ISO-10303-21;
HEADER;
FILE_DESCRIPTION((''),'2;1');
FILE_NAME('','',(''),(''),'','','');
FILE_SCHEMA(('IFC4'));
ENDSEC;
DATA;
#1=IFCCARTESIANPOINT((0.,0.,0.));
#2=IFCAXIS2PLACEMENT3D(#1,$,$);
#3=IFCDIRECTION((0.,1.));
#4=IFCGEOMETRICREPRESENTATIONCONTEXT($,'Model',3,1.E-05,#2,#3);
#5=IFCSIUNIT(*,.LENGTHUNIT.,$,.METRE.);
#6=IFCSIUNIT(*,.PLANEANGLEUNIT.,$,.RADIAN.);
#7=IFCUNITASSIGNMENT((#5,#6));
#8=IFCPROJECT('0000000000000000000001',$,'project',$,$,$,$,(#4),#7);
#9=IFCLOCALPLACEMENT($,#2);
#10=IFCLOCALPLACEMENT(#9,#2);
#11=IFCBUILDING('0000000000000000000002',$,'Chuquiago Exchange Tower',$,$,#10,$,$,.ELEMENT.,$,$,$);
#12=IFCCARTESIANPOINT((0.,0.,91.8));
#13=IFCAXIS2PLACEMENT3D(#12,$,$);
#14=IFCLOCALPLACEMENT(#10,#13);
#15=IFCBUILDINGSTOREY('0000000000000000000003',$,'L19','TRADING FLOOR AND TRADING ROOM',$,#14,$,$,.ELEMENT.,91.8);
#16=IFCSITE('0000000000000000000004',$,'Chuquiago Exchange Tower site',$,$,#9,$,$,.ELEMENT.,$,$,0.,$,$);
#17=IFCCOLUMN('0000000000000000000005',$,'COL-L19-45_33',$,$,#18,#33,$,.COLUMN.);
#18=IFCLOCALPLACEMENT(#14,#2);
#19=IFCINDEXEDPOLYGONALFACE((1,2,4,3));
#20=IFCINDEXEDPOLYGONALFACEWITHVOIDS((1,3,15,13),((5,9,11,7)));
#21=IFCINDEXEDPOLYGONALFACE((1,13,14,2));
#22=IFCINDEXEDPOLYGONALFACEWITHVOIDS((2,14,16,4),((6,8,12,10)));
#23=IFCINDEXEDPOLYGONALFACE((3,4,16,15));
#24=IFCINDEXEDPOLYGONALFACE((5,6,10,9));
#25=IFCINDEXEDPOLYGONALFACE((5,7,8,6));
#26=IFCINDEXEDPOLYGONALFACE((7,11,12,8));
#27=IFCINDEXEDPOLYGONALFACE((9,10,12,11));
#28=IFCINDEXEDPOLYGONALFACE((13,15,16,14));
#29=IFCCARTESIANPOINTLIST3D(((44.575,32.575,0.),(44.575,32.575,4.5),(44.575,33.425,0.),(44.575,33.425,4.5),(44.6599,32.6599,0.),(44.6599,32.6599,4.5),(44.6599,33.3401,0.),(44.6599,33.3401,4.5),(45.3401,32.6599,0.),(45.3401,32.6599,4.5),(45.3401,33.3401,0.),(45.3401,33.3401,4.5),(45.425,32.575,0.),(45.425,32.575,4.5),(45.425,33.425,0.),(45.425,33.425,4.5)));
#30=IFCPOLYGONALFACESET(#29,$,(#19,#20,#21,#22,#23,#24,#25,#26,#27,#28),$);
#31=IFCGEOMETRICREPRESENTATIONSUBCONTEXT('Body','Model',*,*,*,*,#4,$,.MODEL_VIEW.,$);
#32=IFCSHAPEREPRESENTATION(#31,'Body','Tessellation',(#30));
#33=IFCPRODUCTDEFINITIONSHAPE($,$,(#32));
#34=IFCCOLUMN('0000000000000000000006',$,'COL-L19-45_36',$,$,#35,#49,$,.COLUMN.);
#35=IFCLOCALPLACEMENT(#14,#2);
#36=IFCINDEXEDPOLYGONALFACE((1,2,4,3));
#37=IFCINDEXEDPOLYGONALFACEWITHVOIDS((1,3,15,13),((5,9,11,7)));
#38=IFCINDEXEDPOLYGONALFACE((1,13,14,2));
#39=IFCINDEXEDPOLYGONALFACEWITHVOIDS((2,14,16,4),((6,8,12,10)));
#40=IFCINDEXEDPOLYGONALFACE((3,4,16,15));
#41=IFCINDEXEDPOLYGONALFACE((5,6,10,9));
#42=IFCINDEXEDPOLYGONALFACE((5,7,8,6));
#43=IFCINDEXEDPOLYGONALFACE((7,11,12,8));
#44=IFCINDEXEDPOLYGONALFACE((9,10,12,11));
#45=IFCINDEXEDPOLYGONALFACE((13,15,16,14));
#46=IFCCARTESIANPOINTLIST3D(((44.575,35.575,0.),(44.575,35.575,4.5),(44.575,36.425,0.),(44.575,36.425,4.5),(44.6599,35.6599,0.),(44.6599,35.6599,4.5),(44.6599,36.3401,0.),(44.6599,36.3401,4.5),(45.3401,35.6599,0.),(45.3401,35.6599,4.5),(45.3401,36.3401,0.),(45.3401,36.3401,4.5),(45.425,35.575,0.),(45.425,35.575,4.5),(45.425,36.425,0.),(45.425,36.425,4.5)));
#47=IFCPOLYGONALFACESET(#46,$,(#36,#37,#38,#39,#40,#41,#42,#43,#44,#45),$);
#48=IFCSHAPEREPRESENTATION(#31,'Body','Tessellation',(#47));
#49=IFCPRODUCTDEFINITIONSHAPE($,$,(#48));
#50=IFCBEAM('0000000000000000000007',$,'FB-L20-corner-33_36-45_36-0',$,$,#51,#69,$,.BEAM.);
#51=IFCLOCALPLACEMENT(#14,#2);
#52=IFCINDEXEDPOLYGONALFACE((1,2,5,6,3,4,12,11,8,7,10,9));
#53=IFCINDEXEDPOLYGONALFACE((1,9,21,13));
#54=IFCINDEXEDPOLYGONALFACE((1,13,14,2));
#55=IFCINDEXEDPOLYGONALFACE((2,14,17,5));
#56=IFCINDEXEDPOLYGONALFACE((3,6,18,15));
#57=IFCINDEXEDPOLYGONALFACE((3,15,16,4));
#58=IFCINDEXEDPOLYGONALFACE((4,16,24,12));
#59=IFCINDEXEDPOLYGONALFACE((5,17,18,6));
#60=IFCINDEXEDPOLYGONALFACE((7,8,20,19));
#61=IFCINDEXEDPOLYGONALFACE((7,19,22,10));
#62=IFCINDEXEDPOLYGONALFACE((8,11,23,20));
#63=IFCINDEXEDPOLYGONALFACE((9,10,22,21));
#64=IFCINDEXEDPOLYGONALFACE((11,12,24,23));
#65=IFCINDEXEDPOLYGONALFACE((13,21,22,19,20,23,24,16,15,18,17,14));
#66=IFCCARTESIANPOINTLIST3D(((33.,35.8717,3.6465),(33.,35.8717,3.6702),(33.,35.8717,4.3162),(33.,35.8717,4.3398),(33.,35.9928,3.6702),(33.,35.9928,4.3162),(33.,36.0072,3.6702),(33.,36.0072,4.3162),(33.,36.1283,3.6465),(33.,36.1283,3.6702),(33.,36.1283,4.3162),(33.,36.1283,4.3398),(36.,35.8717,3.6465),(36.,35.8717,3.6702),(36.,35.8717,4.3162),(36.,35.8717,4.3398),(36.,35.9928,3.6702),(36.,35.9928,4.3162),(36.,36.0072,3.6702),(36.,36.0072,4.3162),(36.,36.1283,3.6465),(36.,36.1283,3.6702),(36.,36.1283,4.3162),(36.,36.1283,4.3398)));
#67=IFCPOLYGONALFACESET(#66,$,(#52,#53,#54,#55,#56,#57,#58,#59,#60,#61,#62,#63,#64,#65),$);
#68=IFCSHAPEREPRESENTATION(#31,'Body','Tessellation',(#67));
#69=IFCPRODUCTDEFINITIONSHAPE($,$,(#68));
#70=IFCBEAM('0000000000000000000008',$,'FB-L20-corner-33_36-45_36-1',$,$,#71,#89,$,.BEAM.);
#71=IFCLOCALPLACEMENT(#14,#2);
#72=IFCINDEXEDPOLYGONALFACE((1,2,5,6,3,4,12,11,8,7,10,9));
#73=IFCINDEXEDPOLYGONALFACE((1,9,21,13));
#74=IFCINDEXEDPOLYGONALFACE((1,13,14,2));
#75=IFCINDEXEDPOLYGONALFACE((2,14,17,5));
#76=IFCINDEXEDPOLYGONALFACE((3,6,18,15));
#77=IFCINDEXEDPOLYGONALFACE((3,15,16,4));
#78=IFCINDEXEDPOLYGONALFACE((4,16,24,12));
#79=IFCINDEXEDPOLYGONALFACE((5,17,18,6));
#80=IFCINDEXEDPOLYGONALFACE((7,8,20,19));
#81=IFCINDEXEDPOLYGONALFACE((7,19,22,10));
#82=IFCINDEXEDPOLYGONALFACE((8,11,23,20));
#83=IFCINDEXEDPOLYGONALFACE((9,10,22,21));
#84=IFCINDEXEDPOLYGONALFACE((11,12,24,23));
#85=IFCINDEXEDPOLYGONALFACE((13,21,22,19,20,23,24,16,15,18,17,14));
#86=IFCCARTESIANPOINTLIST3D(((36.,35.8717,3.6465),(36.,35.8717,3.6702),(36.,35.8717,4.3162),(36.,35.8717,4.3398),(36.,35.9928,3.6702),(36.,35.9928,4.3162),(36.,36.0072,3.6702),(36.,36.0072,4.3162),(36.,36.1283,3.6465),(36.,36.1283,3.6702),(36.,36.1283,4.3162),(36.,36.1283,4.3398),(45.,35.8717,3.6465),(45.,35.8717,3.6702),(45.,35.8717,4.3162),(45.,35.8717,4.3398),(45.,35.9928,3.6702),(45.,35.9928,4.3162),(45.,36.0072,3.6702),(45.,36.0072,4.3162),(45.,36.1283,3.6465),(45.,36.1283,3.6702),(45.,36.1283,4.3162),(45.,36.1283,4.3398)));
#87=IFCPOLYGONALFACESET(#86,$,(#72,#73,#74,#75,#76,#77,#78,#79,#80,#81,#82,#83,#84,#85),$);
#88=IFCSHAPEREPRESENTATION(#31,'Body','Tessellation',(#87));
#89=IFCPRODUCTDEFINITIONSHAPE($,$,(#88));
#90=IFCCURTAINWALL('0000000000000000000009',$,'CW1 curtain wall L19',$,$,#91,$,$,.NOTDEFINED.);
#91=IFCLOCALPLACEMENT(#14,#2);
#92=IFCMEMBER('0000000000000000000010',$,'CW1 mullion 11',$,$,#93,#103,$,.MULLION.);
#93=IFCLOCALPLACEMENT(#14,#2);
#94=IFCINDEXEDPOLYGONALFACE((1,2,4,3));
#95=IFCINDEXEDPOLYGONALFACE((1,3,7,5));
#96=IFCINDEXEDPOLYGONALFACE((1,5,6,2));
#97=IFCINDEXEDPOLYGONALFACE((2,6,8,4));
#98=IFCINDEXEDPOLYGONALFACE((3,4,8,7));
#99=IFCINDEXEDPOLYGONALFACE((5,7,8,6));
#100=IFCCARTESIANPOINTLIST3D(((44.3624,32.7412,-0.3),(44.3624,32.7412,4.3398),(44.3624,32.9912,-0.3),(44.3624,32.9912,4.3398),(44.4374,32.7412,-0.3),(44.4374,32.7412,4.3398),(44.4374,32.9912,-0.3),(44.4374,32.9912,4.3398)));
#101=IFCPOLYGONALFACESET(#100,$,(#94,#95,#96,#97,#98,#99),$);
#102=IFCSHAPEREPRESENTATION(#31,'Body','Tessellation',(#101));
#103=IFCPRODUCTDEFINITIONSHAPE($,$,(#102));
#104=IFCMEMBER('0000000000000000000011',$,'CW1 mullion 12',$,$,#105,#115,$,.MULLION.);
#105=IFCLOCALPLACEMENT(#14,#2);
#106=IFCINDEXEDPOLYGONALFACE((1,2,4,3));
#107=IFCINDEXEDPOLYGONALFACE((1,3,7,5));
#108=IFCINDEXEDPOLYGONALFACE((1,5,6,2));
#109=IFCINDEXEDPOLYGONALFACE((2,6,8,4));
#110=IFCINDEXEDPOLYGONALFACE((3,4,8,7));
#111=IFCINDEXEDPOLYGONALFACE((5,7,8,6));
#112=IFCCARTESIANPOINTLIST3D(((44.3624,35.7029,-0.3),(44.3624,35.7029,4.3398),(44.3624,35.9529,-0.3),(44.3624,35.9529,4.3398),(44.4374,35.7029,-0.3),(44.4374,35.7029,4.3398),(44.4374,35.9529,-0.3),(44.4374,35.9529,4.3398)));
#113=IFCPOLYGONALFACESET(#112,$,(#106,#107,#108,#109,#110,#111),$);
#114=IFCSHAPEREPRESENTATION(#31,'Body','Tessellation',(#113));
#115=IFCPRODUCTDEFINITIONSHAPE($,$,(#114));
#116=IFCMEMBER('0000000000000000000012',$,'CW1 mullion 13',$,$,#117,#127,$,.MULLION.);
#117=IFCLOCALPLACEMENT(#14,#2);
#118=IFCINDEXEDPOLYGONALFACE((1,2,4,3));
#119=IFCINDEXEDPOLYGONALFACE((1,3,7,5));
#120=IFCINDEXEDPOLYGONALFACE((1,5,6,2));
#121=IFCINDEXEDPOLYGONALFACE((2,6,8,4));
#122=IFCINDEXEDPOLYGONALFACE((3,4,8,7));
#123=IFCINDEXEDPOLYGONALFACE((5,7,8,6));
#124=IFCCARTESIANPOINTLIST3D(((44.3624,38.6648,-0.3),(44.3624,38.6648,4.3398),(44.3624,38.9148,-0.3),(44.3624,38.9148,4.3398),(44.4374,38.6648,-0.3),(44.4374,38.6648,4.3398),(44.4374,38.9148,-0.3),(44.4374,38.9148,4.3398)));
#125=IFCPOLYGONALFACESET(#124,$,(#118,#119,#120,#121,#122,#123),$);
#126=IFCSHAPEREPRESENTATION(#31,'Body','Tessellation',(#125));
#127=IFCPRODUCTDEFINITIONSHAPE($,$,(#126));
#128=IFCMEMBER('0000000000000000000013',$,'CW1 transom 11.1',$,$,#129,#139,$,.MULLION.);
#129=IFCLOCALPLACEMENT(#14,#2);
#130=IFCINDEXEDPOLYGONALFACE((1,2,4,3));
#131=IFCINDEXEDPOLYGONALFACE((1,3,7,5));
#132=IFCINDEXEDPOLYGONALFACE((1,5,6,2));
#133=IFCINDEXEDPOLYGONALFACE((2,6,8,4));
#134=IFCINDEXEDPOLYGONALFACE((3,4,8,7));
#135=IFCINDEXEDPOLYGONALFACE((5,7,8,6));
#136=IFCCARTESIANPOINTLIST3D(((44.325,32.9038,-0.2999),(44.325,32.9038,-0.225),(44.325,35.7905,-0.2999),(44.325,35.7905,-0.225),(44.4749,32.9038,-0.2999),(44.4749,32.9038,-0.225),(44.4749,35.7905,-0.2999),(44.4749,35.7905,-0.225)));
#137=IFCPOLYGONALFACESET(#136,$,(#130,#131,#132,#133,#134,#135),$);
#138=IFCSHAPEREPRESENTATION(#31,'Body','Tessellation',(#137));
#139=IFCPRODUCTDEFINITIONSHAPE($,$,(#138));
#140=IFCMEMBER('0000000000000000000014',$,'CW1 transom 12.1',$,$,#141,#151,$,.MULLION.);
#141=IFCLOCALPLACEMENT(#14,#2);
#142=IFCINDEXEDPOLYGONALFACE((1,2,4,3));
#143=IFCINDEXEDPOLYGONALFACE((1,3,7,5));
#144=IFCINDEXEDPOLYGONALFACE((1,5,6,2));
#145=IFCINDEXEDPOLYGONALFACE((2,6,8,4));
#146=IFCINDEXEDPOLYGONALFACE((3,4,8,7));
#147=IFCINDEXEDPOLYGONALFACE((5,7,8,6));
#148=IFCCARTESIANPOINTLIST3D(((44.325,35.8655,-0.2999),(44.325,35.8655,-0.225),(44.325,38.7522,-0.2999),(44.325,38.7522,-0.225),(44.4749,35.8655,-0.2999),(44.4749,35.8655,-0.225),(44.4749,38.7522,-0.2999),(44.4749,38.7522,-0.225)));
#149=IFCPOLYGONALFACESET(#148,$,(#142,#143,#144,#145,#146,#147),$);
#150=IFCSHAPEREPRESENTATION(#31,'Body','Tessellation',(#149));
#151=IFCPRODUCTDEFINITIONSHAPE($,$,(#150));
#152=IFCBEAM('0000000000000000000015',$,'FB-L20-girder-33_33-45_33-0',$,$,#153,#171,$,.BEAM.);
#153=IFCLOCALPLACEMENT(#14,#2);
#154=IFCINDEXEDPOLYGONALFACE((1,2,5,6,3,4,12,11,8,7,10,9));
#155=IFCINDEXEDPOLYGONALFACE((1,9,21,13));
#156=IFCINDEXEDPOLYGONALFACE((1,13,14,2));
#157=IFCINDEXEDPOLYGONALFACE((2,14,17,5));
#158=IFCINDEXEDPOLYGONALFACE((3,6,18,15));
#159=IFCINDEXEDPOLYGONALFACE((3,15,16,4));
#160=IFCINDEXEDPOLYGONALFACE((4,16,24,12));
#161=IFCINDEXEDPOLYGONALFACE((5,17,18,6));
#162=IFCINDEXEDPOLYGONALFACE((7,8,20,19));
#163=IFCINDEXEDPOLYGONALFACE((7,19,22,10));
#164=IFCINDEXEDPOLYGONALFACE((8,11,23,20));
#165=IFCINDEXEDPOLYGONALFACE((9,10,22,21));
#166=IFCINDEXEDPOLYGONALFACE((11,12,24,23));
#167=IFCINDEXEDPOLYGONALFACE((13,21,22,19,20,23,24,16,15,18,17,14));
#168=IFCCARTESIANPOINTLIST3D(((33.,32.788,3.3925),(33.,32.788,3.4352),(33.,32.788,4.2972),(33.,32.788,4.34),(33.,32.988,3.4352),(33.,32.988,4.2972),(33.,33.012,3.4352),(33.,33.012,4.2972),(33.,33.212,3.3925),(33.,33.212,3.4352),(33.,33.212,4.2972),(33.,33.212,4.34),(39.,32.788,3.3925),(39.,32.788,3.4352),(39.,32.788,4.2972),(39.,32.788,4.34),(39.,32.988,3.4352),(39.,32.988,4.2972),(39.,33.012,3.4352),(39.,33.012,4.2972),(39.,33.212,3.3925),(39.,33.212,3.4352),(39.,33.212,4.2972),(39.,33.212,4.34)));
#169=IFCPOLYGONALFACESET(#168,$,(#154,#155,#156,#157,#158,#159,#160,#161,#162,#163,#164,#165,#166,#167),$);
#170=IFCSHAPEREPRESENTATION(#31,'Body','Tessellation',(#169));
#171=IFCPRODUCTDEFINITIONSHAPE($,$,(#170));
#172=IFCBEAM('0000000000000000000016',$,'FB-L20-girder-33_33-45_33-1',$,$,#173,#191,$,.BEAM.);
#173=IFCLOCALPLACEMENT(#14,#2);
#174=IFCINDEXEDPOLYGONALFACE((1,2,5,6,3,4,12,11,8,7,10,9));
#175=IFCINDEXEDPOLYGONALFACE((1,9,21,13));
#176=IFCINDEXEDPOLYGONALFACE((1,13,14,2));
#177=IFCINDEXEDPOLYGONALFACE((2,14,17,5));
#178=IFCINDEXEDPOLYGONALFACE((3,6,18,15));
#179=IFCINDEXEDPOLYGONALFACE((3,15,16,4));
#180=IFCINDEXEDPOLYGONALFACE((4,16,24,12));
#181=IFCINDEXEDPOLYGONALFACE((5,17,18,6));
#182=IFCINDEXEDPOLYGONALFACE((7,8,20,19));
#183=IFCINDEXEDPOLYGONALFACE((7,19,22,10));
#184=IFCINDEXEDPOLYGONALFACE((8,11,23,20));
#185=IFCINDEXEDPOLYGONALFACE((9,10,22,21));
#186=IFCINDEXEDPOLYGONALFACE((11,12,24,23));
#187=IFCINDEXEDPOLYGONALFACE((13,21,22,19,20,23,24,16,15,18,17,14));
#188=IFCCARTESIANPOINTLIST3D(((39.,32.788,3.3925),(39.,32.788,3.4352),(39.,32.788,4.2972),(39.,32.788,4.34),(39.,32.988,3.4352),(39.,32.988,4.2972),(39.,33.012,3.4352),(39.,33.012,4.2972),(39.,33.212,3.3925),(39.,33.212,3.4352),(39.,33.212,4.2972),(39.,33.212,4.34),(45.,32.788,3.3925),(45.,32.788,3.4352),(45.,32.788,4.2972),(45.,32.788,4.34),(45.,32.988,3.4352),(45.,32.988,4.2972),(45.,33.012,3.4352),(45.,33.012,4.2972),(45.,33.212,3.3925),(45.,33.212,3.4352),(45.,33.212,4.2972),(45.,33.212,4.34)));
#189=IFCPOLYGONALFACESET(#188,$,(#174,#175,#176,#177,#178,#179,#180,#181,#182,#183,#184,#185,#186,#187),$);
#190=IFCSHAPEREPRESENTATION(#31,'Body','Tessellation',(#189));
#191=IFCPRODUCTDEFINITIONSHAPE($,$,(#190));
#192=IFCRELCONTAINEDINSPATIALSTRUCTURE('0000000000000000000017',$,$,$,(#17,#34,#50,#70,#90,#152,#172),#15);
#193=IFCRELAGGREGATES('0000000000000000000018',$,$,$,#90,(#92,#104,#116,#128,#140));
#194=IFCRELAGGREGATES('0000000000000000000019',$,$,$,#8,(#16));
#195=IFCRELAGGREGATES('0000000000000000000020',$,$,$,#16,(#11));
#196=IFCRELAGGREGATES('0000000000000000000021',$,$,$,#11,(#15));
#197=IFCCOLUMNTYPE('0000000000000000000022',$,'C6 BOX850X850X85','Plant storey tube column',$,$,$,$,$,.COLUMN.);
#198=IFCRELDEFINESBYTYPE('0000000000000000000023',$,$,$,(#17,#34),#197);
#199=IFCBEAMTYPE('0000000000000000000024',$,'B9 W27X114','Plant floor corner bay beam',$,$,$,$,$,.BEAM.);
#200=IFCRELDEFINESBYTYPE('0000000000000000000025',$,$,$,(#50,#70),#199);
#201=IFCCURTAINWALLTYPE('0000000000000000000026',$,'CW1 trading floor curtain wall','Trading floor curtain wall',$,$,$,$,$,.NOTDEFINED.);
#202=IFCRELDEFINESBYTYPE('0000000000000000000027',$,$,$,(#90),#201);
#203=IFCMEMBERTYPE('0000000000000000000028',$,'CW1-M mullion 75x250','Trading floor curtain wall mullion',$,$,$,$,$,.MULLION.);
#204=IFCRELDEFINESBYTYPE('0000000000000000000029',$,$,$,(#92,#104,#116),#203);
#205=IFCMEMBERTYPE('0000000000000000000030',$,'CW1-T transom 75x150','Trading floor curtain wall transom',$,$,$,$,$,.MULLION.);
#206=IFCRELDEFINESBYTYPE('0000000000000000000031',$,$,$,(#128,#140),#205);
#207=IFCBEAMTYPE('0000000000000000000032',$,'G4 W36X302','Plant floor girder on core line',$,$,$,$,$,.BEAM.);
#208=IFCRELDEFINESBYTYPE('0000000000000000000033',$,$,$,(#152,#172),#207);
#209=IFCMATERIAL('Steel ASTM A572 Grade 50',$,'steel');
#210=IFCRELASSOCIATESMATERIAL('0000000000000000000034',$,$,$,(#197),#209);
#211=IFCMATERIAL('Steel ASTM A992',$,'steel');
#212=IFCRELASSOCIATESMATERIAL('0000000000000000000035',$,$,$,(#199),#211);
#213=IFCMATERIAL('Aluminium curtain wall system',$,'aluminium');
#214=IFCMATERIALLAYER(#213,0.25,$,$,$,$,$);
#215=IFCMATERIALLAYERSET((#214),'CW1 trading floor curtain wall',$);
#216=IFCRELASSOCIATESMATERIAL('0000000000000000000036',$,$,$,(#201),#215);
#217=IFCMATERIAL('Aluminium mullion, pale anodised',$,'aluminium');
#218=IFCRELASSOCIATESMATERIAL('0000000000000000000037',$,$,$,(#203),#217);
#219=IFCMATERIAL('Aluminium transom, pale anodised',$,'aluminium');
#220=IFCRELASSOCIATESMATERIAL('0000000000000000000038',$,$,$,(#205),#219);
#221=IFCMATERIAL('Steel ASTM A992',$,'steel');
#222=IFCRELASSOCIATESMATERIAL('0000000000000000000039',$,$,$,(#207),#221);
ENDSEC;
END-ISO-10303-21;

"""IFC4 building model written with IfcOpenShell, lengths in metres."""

from ifc_helpers import new_model, si_unit, direction, frame, origin, origin_2d, place, context, subcontext, project, spatial, rectangle, hollow_rectangle, i_section, extrude, material, layer, layer_set, material_profile, profile_set, type_object, element, aggregate, save


model = new_model("IFC4")

# Units and contexts
model_context = context("Model", 3, precision=1e-05, world=origin(), true_north=direction((0.0, 1.0)))
body_context = subcontext(model_context, "Body", "Model", "MODEL_VIEW")
ifc_project = project(units=[si_unit("LENGTHUNIT", "METRE"), si_unit("PLANEANGLEUNIT", "RADIAN")], contexts=[model_context])

# Site, building, storey
site_placement = place(None, origin())
site = spatial("IfcSite", under=ifc_project, at=site_placement, Name="Chuquiago Exchange Tower site", CompositionType="ELEMENT", RefElevation=0.0)
building_placement = place(site_placement, origin())
building = spatial("IfcBuilding", under=site, at=building_placement, Name="Chuquiago Exchange Tower", CompositionType="ELEMENT")
storey_placement = place(building_placement, frame((0.0, 0.0, 91.8)))
storey = spatial("IfcBuildingStorey", under=building, at=storey_placement, Name="L19", Description="TRADING FLOOR AND TRADING ROOM", CompositionType="ELEMENT", Elevation=91.8)

# Columns
ifc_material_1 = material(Name="Steel ASTM A572 Grade 50", Category="steel")
ifc_material_profile_1 = material_profile(ifc_material_1, hollow_rectangle(XDim=0.8501, YDim=0.8501, WallThickness=0.085, at=origin_2d()), Name="BOX850X850X85")
ifc_profile_set_1 = profile_set([ifc_material_profile_1], Name="Steel ASTM A572 Grade 50")
column_type = type_object("IfcColumnType", Name="C6 BOX850X850X85", Description="Plant storey tube column", PredefinedType="COLUMN", material=ifc_profile_set_1)
for number, where, z_axis, x_axis, name in (
    (1, (45.0, 33.0, 0.0), (0.0, 0.0, 1.0), (1.0, 0.0, 0.0), "COL-L19-45_33"),
    (2, (45.0, 36.0, 0.0), (0.0, 0.0, 1.0), (1.0, 0.0, 0.0), "COL-L19-45_36"),
):
    element("IfcColumn", number, at=place(storey_placement, frame(where, z_axis=z_axis, x_axis=x_axis)), inside=storey, type_object=column_type, Name=name, PredefinedType="COLUMN", context=body_context, shape_type="SweptSolid", body=[
        extrude(hollow_rectangle(XDim=0.8501, YDim=0.8501, WallThickness=0.085, at=origin_2d()), origin(), (0.0, 0.0, 1.0), 4.5),
    ])

# Beams
ifc_material_2 = material(Name="Steel ASTM A992", Category="steel")
ifc_material_profile_2 = material_profile(ifc_material_2, i_section(OverallWidth=0.2566, OverallDepth=0.6934, WebThickness=0.0144, FlangeThickness=0.0237, at=origin_2d()), Name="W27X114")
ifc_profile_set_2 = profile_set([ifc_material_profile_2], Name="Steel ASTM A992")
beam_type_1 = type_object("IfcBeamType", Name="B9 W27X114", Description="Plant floor corner bay beam", PredefinedType="BEAM", material=ifc_profile_set_2)
beam_1_placement = place(storey_placement, frame((33.0, 36.0, 3.9932), z_axis=(1.0, 0.0, 0.0), x_axis=(0.0, 1.0, 0.0)))
element("IfcBeam", 3, at=beam_1_placement, inside=storey, type_object=beam_type_1, Name="FB-L20-corner-33_36-45_36-0", PredefinedType="BEAM", context=body_context, shape_type="SweptSolid", body=[
    extrude(i_section(OverallWidth=0.2566, OverallDepth=0.6934, WebThickness=0.0144, FlangeThickness=0.0237, at=origin_2d()), origin(), (0.0, 0.0, 1.0), 3.0),
])
beam_2_placement = place(storey_placement, frame((36.0, 36.0, 3.9932), z_axis=(1.0, 0.0, 0.0), x_axis=(0.0, 1.0, 0.0)))
element("IfcBeam", 4, at=beam_2_placement, inside=storey, type_object=beam_type_1, Name="FB-L20-corner-33_36-45_36-1", PredefinedType="BEAM", context=body_context, shape_type="SweptSolid", body=[
    extrude(i_section(OverallWidth=0.2566, OverallDepth=0.6934, WebThickness=0.0144, FlangeThickness=0.0237, at=origin_2d()), origin(), (0.0, 0.0, 1.0), 9.0),
])

# Curtain wall, members
ifc_material_3 = material(Name="Aluminium curtain wall system", Category="aluminium")
ifc_layer_1 = layer(ifc_material_3, 0.25)
ifc_layer_set_1 = layer_set([ifc_layer_1], Name="CW1 trading floor curtain wall")
curtain_wall_type = type_object("IfcCurtainWallType", Name="CW1 trading floor curtain wall", Description="Trading floor curtain wall", PredefinedType="NOTDEFINED", material=ifc_layer_set_1)
curtain_wall_placement = place(storey_placement, origin())
curtain_wall = element("IfcCurtainWall", 5, at=curtain_wall_placement, inside=storey, type_object=curtain_wall_type, Name="CW1 curtain wall L19", PredefinedType="NOTDEFINED")
ifc_material_4 = material(Name="Aluminium mullion, pale anodised", Category="aluminium")
ifc_material_profile_3 = material_profile(ifc_material_4, rectangle(XDim=0.075, YDim=0.25, at=origin_2d()), Name="AL 75x250")
ifc_profile_set_3 = profile_set([ifc_material_profile_3], Name="Aluminium mullion, pale anodised")
member_type_1 = type_object("IfcMemberType", Name="CW1-M mullion 75x250", Description="Trading floor curtain wall mullion", PredefinedType="MULLION", material=ifc_profile_set_3)
member_1_placement = place(storey_placement, frame((44.3999, 32.8662, -0.3), z_axis=(0.0, 0.0, 1.0), x_axis=(-1.0, 0.0, 0.0)))
member_1 = element("IfcMember", 6, at=member_1_placement, type_object=member_type_1, Name="CW1 mullion 11", PredefinedType="MULLION", context=body_context, shape_type="SweptSolid", body=[
    extrude(rectangle(XDim=0.075, YDim=0.25, at=origin_2d()), origin(), (0.0, 0.0, 1.0), 4.6399),
])
member_2_placement = place(storey_placement, frame((44.3999, 35.8279, -0.3), z_axis=(0.0, 0.0, 1.0), x_axis=(-1.0, 0.0, 0.0)))
member_2 = element("IfcMember", 7, at=member_2_placement, type_object=member_type_1, Name="CW1 mullion 12", PredefinedType="MULLION", context=body_context, shape_type="SweptSolid", body=[
    extrude(rectangle(XDim=0.075, YDim=0.25, at=origin_2d()), origin(), (0.0, 0.0, 1.0), 4.6399),
])
member_3_placement = place(storey_placement, frame((44.3999, 38.7898, -0.3), z_axis=(0.0, 0.0, 1.0), x_axis=(-1.0, 0.0, 0.0)))
member_3 = element("IfcMember", 8, at=member_3_placement, type_object=member_type_1, Name="CW1 mullion 13", PredefinedType="MULLION", context=body_context, shape_type="SweptSolid", body=[
    extrude(rectangle(XDim=0.075, YDim=0.25, at=origin_2d()), origin(), (0.0, 0.0, 1.0), 4.6399),
])
ifc_material_5 = material(Name="Aluminium transom, pale anodised", Category="aluminium")
ifc_material_profile_4 = material_profile(ifc_material_5, rectangle(XDim=0.1499, YDim=0.075, at=origin_2d()), Name="AL 150x75")
ifc_profile_set_4 = profile_set([ifc_material_profile_4], Name="Aluminium transom, pale anodised")
member_type_2 = type_object("IfcMemberType", Name="CW1-T transom 75x150", Description="Trading floor curtain wall transom", PredefinedType="MULLION", material=ifc_profile_set_4)
member_4_placement = place(storey_placement, frame((44.3999, 32.9038, -0.2625), z_axis=(0.0, 1.0, 0.0), x_axis=(-1.0, 0.0, 0.0)))
member_4 = element("IfcMember", 9, at=member_4_placement, type_object=member_type_2, Name="CW1 transom 11.1", PredefinedType="MULLION", context=body_context, shape_type="SweptSolid", body=[
    extrude(rectangle(XDim=0.1499, YDim=0.075, at=origin_2d()), origin(), (0.0, 0.0, 1.0), 2.8867),
])
member_5_placement = place(storey_placement, frame((44.3999, 35.8655, -0.2625), z_axis=(0.0, 1.0, 0.0), x_axis=(-1.0, 0.0, 0.0)))
member_5 = element("IfcMember", 10, at=member_5_placement, type_object=member_type_2, Name="CW1 transom 12.1", PredefinedType="MULLION", context=body_context, shape_type="SweptSolid", body=[
    extrude(rectangle(XDim=0.1499, YDim=0.075, at=origin_2d()), origin(), (0.0, 0.0, 1.0), 2.8867),
])

# Beams
ifc_material_6 = material(Name="Steel ASTM A992", Category="steel")
ifc_material_profile_5 = material_profile(ifc_material_6, i_section(OverallWidth=0.4241, OverallDepth=0.9475, WebThickness=0.0239, FlangeThickness=0.0427, at=origin_2d()), Name="W36X302")
ifc_profile_set_5 = profile_set([ifc_material_profile_5], Name="Steel ASTM A992")
beam_type_2 = type_object("IfcBeamType", Name="G4 W36X302", Description="Plant floor girder on core line", PredefinedType="BEAM", material=ifc_profile_set_5)
for number, where, z_axis, x_axis, name in (
    (11, (33.0, 33.0, 3.8662), (1.0, 0.0, 0.0), (0.0, 1.0, 0.0), "FB-L20-girder-33_33-45_33-0"),
    (12, (39.0, 33.0, 3.8662), (1.0, 0.0, 0.0), (0.0, 1.0, 0.0), "FB-L20-girder-33_33-45_33-1"),
):
    element("IfcBeam", number, at=place(storey_placement, frame(where, z_axis=z_axis, x_axis=x_axis)), inside=storey, type_object=beam_type_2, Name=name, PredefinedType="BEAM", context=body_context, shape_type="SweptSolid", body=[
        extrude(i_section(OverallWidth=0.4241, OverallDepth=0.9475, WebThickness=0.0239, FlangeThickness=0.0427, at=origin_2d()), origin(), (0.0, 0.0, 1.0), 6.0),
    ])

aggregate(curtain_wall, [member_1, member_2, member_3, member_4, member_5])

save(model, "model.ifc")
